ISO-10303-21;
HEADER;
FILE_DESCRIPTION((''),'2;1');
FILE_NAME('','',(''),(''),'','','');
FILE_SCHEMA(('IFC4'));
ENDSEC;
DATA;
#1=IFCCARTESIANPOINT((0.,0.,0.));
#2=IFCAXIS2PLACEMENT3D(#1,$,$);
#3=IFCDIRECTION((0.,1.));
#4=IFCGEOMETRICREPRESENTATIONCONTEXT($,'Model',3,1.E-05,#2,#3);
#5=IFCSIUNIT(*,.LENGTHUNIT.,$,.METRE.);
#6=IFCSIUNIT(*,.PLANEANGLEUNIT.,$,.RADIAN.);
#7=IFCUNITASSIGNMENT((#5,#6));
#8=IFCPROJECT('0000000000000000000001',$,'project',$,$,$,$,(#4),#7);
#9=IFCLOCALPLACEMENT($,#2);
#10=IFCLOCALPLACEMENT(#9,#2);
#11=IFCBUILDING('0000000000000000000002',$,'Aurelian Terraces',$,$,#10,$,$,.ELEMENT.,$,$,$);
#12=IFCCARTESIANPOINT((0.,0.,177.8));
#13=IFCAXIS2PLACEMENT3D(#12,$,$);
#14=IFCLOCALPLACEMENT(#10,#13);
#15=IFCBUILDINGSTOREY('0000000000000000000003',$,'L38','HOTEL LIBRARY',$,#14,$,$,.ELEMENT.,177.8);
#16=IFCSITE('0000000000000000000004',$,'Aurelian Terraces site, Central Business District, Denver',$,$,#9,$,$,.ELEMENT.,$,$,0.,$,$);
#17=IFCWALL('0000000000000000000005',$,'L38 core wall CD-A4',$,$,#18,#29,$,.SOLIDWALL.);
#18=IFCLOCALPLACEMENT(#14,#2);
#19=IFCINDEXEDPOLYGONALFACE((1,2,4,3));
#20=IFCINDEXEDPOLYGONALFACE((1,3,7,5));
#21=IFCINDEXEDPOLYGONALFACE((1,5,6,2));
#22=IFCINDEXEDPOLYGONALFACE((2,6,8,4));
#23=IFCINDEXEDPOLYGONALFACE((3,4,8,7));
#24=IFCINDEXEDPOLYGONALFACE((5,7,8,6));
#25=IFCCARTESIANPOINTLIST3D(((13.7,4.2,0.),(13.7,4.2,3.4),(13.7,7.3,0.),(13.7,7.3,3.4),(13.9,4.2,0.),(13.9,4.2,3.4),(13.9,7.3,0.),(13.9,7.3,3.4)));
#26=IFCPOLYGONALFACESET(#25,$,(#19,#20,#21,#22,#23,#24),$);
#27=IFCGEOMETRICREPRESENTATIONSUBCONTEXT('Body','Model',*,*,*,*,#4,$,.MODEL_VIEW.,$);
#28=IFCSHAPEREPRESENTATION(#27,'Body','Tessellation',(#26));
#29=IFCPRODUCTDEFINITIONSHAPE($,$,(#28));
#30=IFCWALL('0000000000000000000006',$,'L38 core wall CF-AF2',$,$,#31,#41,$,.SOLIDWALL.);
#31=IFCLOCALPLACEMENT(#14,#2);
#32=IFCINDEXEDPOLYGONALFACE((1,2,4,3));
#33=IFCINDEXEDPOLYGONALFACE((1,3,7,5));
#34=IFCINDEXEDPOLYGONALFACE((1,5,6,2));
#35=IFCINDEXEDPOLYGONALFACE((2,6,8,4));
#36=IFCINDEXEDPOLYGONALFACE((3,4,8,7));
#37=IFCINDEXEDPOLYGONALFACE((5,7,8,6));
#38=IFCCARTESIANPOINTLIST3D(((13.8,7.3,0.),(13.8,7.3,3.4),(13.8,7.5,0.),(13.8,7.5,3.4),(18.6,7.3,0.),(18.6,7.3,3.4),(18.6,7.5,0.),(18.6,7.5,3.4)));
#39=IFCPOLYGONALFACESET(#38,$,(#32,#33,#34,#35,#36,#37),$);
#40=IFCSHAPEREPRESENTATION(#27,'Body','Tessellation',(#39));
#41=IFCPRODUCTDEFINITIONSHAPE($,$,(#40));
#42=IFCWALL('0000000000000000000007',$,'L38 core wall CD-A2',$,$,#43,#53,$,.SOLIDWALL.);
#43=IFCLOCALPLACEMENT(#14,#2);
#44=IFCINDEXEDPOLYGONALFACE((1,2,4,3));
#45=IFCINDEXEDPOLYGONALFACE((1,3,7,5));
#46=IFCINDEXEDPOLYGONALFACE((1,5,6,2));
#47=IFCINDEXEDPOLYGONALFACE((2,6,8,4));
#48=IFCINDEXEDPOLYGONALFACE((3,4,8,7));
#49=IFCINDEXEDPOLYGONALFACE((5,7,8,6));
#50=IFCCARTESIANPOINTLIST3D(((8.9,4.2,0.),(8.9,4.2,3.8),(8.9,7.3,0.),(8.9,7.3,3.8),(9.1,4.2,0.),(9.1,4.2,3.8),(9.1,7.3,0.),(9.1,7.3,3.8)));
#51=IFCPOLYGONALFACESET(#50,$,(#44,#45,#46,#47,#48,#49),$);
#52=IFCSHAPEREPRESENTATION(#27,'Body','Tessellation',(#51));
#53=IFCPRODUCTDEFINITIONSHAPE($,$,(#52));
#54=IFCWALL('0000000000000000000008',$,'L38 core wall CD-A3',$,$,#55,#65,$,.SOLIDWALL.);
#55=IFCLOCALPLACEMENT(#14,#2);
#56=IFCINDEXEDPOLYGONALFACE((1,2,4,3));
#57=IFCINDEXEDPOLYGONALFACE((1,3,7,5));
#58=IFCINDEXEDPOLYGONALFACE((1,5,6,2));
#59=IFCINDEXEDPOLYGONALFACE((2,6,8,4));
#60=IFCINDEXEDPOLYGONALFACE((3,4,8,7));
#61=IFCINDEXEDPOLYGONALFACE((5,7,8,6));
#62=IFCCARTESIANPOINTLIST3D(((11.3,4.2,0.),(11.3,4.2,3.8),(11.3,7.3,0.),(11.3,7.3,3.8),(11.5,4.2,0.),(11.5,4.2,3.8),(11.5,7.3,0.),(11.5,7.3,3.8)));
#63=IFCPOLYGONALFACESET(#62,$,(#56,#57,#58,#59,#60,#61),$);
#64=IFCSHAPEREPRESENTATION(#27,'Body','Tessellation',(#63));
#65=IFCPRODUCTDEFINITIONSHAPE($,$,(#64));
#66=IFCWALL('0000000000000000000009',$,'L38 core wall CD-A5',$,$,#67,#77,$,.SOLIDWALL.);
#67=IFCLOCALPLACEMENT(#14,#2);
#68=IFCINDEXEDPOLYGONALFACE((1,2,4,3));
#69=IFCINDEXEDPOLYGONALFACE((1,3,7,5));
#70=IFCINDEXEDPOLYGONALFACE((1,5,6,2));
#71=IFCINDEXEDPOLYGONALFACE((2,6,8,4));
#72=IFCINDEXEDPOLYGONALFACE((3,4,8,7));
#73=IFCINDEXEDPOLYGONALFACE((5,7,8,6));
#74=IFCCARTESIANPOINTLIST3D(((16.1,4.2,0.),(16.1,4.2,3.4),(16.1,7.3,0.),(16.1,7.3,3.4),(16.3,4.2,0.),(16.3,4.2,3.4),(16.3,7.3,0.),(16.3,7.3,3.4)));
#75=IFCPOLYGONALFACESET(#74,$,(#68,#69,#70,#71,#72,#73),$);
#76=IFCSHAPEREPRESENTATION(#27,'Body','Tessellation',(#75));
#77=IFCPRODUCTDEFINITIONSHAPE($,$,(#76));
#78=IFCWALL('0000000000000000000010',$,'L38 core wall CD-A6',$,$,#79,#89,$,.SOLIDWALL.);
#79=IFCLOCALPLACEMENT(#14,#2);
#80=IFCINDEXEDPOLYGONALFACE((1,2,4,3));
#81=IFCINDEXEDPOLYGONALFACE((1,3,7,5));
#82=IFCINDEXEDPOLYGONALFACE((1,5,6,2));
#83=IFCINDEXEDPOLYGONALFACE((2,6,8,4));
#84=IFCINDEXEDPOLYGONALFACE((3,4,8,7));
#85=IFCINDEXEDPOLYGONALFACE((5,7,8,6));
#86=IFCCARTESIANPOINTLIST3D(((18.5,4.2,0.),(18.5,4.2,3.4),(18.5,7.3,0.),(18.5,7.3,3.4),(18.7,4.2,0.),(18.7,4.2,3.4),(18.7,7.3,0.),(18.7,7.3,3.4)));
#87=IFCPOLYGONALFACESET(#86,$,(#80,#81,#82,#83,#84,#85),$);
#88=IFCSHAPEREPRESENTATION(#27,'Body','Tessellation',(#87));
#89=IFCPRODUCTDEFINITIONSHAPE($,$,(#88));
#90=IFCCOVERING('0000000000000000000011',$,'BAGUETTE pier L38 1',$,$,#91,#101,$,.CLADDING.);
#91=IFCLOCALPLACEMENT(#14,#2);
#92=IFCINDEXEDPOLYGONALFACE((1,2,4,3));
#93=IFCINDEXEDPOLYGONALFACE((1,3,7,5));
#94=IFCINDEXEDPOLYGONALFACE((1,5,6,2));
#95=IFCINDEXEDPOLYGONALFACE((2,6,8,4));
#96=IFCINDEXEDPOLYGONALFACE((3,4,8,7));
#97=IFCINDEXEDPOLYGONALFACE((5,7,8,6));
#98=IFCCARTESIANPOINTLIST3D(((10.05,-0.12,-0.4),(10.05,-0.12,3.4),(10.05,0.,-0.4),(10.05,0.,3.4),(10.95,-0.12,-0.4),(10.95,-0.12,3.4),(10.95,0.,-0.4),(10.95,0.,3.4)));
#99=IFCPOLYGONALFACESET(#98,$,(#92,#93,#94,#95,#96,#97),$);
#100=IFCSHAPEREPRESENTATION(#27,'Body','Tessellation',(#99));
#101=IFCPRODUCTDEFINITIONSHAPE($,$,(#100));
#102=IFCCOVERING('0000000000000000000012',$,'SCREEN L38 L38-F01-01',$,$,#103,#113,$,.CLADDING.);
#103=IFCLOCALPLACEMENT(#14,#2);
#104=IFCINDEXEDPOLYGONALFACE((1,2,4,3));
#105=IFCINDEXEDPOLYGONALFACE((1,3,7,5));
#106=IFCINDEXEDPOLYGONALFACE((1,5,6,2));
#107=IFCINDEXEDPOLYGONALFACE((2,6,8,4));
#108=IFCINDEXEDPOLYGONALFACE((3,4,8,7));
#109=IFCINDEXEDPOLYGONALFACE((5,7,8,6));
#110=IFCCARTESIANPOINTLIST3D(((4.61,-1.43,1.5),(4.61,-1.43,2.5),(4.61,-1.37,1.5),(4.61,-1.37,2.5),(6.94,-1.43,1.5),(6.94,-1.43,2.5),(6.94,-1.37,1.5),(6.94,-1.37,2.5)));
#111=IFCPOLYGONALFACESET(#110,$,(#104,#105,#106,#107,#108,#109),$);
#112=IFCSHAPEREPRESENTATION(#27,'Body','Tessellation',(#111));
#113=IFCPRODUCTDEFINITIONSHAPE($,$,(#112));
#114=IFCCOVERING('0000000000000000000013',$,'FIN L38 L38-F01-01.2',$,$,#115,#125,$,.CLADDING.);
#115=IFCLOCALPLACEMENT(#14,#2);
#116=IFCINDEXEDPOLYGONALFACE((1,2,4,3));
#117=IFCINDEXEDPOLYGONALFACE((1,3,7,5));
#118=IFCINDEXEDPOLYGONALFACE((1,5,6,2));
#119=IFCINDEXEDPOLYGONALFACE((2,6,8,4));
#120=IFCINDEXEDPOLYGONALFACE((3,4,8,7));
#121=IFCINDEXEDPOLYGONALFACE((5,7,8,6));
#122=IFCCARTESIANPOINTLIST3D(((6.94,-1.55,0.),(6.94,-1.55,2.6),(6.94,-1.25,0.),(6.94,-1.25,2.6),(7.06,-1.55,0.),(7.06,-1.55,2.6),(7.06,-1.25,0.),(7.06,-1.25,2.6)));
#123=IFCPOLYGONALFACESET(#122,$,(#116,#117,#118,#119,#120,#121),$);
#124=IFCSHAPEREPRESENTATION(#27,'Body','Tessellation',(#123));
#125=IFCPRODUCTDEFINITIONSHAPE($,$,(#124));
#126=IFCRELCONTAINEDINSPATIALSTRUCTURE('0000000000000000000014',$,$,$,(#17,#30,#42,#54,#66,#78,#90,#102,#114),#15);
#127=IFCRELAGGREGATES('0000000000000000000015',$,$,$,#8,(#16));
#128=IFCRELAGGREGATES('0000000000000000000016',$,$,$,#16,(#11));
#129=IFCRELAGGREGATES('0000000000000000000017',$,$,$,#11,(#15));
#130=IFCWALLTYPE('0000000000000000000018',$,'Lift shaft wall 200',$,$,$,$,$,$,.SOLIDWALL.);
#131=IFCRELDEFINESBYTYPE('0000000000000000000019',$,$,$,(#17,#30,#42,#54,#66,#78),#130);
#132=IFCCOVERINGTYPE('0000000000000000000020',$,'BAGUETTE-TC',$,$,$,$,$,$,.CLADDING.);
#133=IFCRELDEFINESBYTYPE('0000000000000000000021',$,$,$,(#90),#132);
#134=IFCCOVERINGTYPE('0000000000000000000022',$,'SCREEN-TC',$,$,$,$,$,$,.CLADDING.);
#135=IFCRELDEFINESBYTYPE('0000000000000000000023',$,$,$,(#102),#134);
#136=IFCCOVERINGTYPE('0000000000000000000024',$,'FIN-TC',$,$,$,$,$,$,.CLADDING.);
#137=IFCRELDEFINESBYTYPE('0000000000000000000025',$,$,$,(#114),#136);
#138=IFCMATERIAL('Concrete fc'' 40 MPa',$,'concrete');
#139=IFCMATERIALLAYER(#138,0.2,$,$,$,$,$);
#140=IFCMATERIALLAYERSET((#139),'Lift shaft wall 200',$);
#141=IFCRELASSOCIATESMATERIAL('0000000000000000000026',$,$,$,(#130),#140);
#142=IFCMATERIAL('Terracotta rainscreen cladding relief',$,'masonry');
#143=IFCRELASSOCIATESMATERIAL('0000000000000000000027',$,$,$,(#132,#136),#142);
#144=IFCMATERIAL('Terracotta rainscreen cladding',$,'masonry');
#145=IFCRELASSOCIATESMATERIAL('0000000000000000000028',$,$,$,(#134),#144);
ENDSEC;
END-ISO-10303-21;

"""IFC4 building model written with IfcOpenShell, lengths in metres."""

from ifc_helpers import new_model, si_unit, direction, frame, frame_2d, origin, origin_2d, place, context, subcontext, project, spatial, rectangle, extrude, source, transform, mapped, material, layer, layer_set, type_object, element, save


model = new_model("IFC4")

# Units and contexts
model_context = context("Model", 3, precision=1e-05, world=origin(), true_north=direction((0.0, 1.0)))
body_context = subcontext(model_context, "Body", "Model", "MODEL_VIEW")
ifc_project = project(units=[si_unit("LENGTHUNIT", "METRE"), si_unit("PLANEANGLEUNIT", "RADIAN")], contexts=[model_context])

# Site, building, storey
site_placement = place(None, origin())
site = spatial("IfcSite", under=ifc_project, at=site_placement, Name="Aurelian Terraces site, Central Business District, Denver", CompositionType="ELEMENT", RefElevation=0.0)
building_placement = place(site_placement, origin())
building = spatial("IfcBuilding", under=site, at=building_placement, Name="Aurelian Terraces", CompositionType="ELEMENT")
storey_placement = place(building_placement, frame((0.0, 0.0, 177.8)))
storey = spatial("IfcBuildingStorey", under=building, at=storey_placement, Name="L38", Description="HOTEL LIBRARY", CompositionType="ELEMENT", Elevation=177.8)

# Shared definitions
ifc_material_1 = material(Name="Concrete fc' 40 MPa", Category="concrete")

# Shared definitions
ifc_material_2 = material(Name="Terracotta rainscreen cladding", Category="masonry")

# Walls
ifc_layer_1 = layer(ifc_material_1, 0.2)
ifc_layer_set_1 = layer_set([ifc_layer_1], Name="Lift shaft wall 200")
wall_type_1 = type_object("IfcWallType", Name="Lift shaft wall 200", PredefinedType="SOLIDWALL", material=ifc_layer_set_1)
wall_1_placement = place(storey_placement, frame((13.8, 4.2, 0.0), z_axis=(0.0, 0.0, 1.0), x_axis=(0.0, 1.0, 0.0)))
element("IfcWall", 1, at=wall_1_placement, inside=storey, type_object=wall_type_1, Name="L38 core wall CD-A4", PredefinedType="SOLIDWALL", context=body_context, shape_type="SweptSolid", body=[
    extrude(rectangle(XDim=3.1, YDim=0.2, at=frame_2d((1.55, 0.0))), origin(), (0.0, 0.0, 1.0), 3.4),
])
wall_2_placement = place(storey_placement, frame((13.8, 7.4, 0.0), z_axis=(0.0, 0.0, 1.0), x_axis=(1.0, 0.0, 0.0)))
element("IfcWall", 2, at=wall_2_placement, inside=storey, type_object=wall_type_1, Name="L38 core wall CF-AF2", PredefinedType="SOLIDWALL", context=body_context, shape_type="SweptSolid", body=[
    extrude(rectangle(XDim=4.8, YDim=0.2, at=frame_2d((2.4, 0.0))), origin(), (0.0, 0.0, 1.0), 3.4),
])
shared_shape_1 = source(origin(), body_context, "Body", "SweptSolid", [
    extrude(rectangle(XDim=3.1, YDim=0.2, at=frame_2d((1.55, 0.0))), origin(), (0.0, 0.0, 1.0), 3.8),
])
for number, where, z_axis, x_axis, name in (
    (3, (9.0, 4.2, 0.0), (0.0, 0.0, 1.0), (0.0, 1.0, 0.0), "L38 core wall CD-A2"),
    (4, (11.4, 4.2, 0.0), (0.0, 0.0, 1.0), (0.0, 1.0, 0.0), "L38 core wall CD-A3"),
):
    element("IfcWall", number, at=place(storey_placement, frame(where, z_axis=z_axis, x_axis=x_axis)), inside=storey, type_object=wall_type_1, Name=name, PredefinedType="SOLIDWALL", context=body_context, shape_type="MappedRepresentation", body=[
        mapped(shared_shape_1, transform((0.0, 0.0, 0.0), scale=1.0)),
    ])
shared_shape_2 = source(origin(), body_context, "Body", "SweptSolid", [
    extrude(rectangle(XDim=3.1, YDim=0.2, at=frame_2d((1.55, 0.0))), origin(), (0.0, 0.0, 1.0), 3.4),
])
for number, where, z_axis, x_axis, name in (
    (5, (16.2, 4.2, 0.0), (0.0, 0.0, 1.0), (0.0, 1.0, 0.0), "L38 core wall CD-A5"),
    (6, (18.6, 4.2, 0.0), (0.0, 0.0, 1.0), (0.0, 1.0, 0.0), "L38 core wall CD-A6"),
):
    element("IfcWall", number, at=place(storey_placement, frame(where, z_axis=z_axis, x_axis=x_axis)), inside=storey, type_object=wall_type_1, Name=name, PredefinedType="SOLIDWALL", context=body_context, shape_type="MappedRepresentation", body=[
        mapped(shared_shape_2, transform((0.0, 0.0, 0.0), scale=1.0)),
    ])

# Coverings
ifc_material_3 = material(Name="Terracotta rainscreen cladding relief", Category="masonry")
covering_type_1 = type_object("IfcCoveringType", Name="BAGUETTE-TC", PredefinedType="CLADDING", material=ifc_material_3)
covering_1_placement = place(storey_placement, frame((10.5, -0.06, -0.4), z_axis=(0.0, 0.0, 1.0), x_axis=(1.0, 0.0, 0.0)))
element("IfcCovering", 7, at=covering_1_placement, inside=storey, type_object=covering_type_1, Name="BAGUETTE pier L38 1", PredefinedType="CLADDING", context=body_context, shape_type="SweptSolid", body=[
    extrude(rectangle(XDim=0.9, YDim=0.12, at=origin_2d()), origin(), (0.0, 0.0, 1.0), 3.8),
])
covering_type_2 = type_object("IfcCoveringType", Name="SCREEN-TC", PredefinedType="CLADDING", material=ifc_material_2)
covering_2_placement = place(storey_placement, frame((5.775, -1.4, 1.5), z_axis=(0.0, 0.0, 1.0), x_axis=(1.0, 0.0, 0.0)))
element("IfcCovering", 8, at=covering_2_placement, inside=storey, type_object=covering_type_2, Name="SCREEN L38 L38-F01-01", PredefinedType="CLADDING", context=body_context, shape_type="SweptSolid", body=[
    extrude(rectangle(XDim=2.33, YDim=0.06, at=origin_2d()), origin(), (0.0, 0.0, 1.0), 1.0),
])
covering_type_3 = type_object("IfcCoveringType", Name="FIN-TC", PredefinedType="CLADDING", material=ifc_material_3)
shared_shape_3 = source(origin(), body_context, "Body", "SweptSolid", [
    extrude(rectangle(XDim=0.12, YDim=0.3, at=origin_2d()), origin(), (0.0, 0.0, 1.0), 2.6),
])
covering_3_placement = place(storey_placement, frame((7.0, -1.4, 0.0), z_axis=(0.0, 0.0, 1.0), x_axis=(1.0, 0.0, 0.0)))
element("IfcCovering", 9, at=covering_3_placement, inside=storey, type_object=covering_type_3, Name="FIN L38 L38-F01-01.2", PredefinedType="CLADDING", context=body_context, shape_type="MappedRepresentation", body=[
    mapped(shared_shape_3, transform((0.0, 0.0, 0.0), scale=1.0)),
])

save(model, "model.ifc")
